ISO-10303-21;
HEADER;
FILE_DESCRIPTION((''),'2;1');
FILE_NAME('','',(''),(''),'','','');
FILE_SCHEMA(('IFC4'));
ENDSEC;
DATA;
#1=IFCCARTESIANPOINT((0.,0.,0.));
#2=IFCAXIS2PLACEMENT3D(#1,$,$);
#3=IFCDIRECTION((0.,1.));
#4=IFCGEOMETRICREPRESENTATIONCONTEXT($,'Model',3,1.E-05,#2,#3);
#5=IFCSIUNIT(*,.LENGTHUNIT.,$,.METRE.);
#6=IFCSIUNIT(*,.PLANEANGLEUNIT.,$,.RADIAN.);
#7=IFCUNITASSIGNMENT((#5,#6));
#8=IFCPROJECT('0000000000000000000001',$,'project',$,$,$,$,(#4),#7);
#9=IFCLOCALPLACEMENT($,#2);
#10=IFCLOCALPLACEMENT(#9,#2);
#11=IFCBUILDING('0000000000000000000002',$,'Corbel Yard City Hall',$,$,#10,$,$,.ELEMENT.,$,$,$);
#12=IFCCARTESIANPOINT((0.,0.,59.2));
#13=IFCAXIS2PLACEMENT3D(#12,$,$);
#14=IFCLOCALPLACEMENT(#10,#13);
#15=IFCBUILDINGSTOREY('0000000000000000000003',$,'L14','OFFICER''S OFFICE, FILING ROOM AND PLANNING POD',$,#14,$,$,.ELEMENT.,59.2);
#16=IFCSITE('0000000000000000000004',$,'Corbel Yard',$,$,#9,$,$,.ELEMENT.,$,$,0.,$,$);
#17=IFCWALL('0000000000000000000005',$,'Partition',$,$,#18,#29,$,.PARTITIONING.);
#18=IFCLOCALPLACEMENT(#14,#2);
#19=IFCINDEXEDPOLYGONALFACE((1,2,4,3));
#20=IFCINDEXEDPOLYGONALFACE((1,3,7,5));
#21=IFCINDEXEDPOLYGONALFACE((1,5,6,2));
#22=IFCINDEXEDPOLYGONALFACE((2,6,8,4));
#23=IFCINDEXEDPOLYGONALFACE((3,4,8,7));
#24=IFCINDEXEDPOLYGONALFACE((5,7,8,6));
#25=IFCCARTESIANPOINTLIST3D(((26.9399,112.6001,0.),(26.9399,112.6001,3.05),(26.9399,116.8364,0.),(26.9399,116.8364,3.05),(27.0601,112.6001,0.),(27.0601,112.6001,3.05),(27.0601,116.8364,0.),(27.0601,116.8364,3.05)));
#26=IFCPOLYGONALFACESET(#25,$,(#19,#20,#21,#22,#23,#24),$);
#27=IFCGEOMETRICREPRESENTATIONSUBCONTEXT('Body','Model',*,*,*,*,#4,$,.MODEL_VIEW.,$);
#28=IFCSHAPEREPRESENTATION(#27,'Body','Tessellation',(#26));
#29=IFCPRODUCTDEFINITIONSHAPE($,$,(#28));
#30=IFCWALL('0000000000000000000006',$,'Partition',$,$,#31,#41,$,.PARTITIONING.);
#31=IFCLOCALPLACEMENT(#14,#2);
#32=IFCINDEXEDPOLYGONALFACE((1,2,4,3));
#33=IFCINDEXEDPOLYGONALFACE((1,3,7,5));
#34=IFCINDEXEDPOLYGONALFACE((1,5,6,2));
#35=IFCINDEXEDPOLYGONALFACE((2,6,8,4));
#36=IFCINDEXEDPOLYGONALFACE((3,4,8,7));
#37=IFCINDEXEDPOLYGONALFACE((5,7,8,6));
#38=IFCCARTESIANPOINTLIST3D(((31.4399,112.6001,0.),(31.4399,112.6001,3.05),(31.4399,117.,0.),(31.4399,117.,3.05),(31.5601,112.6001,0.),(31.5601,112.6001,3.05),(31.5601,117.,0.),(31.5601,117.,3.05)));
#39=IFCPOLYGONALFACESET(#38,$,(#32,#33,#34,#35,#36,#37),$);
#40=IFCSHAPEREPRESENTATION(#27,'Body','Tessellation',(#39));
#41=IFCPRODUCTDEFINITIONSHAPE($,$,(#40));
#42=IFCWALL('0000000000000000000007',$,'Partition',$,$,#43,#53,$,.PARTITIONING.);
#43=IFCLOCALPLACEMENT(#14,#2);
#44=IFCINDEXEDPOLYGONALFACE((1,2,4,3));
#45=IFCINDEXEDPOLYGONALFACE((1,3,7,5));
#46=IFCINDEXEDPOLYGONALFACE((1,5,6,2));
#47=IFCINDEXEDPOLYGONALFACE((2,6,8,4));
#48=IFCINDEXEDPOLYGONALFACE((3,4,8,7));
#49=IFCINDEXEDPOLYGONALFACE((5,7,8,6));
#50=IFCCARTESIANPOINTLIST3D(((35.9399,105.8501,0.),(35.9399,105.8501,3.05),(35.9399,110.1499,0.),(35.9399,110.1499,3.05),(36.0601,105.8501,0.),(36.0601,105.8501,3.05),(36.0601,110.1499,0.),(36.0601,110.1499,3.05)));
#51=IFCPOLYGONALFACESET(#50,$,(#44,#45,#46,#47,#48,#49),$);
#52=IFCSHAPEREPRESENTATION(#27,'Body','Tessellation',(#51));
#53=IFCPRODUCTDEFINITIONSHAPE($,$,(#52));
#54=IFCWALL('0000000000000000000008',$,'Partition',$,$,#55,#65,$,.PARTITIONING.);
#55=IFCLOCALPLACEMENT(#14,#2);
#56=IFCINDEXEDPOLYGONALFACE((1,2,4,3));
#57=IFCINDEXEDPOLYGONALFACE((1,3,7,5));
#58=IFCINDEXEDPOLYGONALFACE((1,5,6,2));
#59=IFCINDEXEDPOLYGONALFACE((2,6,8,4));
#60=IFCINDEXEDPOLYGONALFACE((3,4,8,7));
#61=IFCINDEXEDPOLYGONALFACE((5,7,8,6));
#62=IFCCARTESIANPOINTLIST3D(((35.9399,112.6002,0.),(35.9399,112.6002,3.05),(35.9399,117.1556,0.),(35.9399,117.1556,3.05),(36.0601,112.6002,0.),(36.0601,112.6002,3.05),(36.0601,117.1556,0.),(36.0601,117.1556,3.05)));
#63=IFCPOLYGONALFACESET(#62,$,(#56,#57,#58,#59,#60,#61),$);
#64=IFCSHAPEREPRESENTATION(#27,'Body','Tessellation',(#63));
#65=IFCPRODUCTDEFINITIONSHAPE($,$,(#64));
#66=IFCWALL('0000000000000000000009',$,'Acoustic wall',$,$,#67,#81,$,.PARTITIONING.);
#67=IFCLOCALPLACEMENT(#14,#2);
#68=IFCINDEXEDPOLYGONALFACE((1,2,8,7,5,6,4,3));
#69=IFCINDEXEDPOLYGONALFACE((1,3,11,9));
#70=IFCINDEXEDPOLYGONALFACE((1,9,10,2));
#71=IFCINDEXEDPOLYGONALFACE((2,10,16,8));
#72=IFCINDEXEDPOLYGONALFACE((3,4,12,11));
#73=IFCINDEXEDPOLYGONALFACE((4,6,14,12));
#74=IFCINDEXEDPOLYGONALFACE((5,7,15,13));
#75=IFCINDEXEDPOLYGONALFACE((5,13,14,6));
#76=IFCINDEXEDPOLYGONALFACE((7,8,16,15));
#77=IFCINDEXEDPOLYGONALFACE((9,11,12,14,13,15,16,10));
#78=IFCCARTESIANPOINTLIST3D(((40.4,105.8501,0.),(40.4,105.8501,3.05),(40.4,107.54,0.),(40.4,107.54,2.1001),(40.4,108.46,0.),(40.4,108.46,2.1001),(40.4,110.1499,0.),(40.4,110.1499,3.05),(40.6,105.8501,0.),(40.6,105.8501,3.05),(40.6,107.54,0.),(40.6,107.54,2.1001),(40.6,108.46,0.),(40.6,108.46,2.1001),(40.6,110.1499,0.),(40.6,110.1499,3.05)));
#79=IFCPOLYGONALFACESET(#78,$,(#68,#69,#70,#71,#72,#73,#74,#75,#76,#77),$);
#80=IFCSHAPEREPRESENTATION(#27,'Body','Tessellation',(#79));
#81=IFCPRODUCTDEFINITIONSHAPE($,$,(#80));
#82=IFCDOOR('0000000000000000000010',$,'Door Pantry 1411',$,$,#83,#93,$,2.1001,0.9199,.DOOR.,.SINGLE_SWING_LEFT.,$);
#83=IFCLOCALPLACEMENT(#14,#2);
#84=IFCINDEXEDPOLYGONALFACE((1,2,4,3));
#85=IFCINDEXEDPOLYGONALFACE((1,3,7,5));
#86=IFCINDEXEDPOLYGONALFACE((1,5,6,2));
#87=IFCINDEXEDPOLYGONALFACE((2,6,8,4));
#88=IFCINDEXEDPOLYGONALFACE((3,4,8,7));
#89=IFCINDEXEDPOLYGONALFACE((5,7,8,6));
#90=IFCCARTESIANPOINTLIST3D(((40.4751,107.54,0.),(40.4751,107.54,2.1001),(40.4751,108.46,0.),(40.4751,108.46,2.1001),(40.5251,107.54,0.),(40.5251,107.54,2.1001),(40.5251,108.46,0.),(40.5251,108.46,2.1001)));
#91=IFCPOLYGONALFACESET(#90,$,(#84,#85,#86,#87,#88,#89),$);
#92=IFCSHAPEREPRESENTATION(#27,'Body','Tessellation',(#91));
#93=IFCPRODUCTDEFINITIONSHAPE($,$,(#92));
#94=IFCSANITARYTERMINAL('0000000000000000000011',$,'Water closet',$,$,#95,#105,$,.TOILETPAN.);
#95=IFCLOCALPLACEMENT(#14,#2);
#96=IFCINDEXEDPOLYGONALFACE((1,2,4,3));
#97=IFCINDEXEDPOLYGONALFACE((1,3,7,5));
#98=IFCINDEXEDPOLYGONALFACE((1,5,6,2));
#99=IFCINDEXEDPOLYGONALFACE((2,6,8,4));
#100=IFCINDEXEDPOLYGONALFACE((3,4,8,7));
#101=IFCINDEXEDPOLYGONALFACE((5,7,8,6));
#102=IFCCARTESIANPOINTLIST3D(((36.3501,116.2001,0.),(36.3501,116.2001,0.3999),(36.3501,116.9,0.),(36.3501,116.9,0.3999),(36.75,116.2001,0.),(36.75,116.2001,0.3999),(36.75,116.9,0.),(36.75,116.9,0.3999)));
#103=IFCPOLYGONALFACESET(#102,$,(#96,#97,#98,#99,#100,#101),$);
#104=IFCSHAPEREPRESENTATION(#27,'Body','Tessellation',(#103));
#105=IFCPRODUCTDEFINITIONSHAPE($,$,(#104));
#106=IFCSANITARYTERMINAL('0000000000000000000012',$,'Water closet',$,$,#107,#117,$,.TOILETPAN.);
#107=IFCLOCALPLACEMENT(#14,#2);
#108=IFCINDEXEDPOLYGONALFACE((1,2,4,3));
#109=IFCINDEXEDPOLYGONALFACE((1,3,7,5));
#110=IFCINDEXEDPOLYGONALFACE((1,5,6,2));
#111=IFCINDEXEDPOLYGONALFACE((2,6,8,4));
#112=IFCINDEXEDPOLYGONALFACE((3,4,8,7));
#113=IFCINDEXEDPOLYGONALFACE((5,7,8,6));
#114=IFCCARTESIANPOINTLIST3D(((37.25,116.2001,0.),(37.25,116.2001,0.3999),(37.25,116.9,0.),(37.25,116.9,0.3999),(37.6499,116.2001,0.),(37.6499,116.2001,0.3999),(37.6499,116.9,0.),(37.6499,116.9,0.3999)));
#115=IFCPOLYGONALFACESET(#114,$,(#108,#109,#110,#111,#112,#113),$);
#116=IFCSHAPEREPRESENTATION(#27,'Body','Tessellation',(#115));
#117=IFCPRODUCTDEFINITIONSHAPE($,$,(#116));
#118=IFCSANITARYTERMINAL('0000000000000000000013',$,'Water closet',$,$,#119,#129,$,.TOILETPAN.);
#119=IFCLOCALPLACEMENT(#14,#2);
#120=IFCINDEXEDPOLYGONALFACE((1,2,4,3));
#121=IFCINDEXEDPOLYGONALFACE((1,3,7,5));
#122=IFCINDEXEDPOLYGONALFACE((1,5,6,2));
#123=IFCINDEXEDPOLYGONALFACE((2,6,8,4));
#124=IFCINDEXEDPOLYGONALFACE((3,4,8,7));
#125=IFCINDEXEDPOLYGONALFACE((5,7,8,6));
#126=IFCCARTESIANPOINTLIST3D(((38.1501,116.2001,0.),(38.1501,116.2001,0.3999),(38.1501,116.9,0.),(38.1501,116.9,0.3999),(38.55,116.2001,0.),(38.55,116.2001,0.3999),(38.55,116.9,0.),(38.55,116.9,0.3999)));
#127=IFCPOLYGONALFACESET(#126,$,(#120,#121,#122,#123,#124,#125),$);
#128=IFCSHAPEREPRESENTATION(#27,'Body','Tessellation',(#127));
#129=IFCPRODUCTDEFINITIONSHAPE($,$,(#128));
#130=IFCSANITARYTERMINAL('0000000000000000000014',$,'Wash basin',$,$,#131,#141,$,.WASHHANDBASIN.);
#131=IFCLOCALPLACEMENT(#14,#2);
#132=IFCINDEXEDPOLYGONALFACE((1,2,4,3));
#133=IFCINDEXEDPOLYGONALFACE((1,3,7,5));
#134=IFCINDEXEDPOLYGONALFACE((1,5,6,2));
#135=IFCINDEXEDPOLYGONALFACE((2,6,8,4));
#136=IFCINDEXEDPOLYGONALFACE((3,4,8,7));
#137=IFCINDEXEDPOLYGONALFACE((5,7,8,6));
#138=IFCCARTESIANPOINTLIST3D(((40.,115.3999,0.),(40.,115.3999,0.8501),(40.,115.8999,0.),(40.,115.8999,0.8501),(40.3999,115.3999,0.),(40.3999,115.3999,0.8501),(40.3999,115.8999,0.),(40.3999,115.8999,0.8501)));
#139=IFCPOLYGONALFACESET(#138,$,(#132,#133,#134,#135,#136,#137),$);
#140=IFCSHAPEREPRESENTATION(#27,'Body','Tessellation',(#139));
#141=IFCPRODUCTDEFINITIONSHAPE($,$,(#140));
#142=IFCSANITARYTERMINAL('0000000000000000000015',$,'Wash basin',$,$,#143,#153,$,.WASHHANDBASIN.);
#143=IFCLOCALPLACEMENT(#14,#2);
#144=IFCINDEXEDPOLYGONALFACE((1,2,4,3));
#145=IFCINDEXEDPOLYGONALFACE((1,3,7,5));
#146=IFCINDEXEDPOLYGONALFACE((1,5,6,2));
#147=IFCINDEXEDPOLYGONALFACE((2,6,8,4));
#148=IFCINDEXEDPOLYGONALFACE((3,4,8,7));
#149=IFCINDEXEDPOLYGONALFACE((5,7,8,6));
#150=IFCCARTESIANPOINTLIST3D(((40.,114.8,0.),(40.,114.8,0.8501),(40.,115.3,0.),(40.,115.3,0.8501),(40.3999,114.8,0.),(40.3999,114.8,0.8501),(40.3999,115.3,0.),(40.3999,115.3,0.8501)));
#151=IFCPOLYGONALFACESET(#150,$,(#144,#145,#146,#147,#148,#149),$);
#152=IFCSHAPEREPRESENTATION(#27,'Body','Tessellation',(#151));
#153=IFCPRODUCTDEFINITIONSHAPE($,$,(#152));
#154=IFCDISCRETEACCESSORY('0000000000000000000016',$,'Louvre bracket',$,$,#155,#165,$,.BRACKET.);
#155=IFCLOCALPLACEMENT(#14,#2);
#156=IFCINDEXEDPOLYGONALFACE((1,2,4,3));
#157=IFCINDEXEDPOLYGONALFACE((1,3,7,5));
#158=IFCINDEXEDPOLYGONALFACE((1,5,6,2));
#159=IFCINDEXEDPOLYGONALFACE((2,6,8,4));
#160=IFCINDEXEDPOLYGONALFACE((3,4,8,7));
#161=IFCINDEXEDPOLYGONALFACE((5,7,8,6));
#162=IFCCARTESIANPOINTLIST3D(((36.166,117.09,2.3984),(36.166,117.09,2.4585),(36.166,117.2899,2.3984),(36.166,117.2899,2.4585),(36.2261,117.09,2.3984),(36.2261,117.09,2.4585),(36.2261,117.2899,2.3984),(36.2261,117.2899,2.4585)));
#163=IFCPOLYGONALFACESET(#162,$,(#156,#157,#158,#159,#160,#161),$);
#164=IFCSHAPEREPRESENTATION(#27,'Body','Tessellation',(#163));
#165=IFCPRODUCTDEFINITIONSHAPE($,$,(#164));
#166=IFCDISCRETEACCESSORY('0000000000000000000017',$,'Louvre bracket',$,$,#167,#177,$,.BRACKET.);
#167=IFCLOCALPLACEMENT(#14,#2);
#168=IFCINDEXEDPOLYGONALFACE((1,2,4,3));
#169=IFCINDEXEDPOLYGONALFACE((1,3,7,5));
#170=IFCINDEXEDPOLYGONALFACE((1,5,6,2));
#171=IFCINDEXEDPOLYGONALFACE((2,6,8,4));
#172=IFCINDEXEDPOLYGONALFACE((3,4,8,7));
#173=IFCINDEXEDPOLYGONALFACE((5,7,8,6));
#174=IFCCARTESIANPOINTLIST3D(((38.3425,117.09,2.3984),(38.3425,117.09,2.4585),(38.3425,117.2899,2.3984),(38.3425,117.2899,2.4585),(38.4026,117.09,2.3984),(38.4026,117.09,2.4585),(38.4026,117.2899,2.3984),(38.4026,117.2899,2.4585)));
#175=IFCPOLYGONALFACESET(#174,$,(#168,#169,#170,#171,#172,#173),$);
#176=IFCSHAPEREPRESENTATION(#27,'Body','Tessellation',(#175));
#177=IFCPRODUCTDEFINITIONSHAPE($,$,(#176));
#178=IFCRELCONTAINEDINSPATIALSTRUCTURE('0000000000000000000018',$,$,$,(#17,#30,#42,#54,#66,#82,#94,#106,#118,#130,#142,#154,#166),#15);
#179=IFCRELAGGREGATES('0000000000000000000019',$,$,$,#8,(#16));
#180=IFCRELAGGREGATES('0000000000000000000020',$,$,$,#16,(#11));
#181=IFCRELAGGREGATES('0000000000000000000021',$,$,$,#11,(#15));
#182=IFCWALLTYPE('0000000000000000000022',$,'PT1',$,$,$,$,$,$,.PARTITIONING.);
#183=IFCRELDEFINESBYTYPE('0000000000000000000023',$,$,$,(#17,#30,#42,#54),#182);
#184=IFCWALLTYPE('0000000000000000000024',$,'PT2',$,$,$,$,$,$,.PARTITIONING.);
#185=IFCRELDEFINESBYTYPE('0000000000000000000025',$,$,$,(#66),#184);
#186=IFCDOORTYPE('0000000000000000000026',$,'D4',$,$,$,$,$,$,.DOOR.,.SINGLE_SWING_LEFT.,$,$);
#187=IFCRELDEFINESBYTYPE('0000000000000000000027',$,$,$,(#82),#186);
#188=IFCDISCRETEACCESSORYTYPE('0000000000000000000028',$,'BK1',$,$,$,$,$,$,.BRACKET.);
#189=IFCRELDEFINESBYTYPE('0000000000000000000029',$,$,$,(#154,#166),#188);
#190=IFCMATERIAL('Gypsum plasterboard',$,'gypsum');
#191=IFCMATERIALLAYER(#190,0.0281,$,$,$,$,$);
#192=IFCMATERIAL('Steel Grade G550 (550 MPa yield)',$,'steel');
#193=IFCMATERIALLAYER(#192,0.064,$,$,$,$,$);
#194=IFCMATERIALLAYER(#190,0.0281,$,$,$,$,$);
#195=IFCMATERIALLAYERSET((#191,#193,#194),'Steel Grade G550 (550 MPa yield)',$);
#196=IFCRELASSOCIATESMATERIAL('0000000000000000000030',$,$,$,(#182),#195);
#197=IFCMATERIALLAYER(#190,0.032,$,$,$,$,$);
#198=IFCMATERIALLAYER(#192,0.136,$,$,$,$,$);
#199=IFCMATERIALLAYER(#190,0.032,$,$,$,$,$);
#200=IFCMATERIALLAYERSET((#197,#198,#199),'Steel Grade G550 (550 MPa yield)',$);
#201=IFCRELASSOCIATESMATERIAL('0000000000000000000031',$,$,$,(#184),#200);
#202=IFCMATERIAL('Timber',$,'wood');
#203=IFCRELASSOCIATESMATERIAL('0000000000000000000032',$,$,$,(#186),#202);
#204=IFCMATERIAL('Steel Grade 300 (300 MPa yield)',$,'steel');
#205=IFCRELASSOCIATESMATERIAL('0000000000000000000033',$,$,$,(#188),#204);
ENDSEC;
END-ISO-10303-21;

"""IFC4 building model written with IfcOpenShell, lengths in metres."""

from ifc_helpers import new_model, si_unit, direction, frame, frame_2d, origin, origin_2d, place, context, subcontext, project, spatial, rectangle, extrude, material, layer, layer_set, type_object, element, fill, save


model = new_model("IFC4")

# Units and contexts
model_context = context("Model", 3, precision=1e-05, world=origin(), true_north=direction((0.0, 1.0)))
body_context = subcontext(model_context, "Body", "Model", "MODEL_VIEW")
ifc_project = project(units=[si_unit("LENGTHUNIT", "METRE"), si_unit("PLANEANGLEUNIT", "RADIAN")], contexts=[model_context])

# Site, building, storey
site_placement = place(None, origin())
site = spatial("IfcSite", under=ifc_project, at=site_placement, Name="Corbel Yard", CompositionType="ELEMENT", RefElevation=0.0)
building_placement = place(site_placement, origin())
building = spatial("IfcBuilding", under=site, at=building_placement, Name="Corbel Yard City Hall", CompositionType="ELEMENT")
storey_placement = place(building_placement, frame((0.0, 0.0, 59.2)))
storey = spatial("IfcBuildingStorey", under=building, at=storey_placement, Name="L14", Description="OFFICER'S OFFICE, FILING ROOM AND PLANNING POD", CompositionType="ELEMENT", Elevation=59.2)

# Shared definitions
ifc_material_1 = material(Name="Steel Grade 300 (300 MPa yield)", Category="steel")

# Walls
ifc_material_2 = material(Name="Steel Grade G550 (550 MPa yield)", Category="steel")
ifc_material_3 = material(Name="Gypsum plasterboard", Category="gypsum")
ifc_layer_1 = layer(ifc_material_3, 0.0281)
ifc_layer_2 = layer(ifc_material_2, 0.064)
ifc_layer_3 = layer(ifc_material_3, 0.0281)
ifc_layer_set_1 = layer_set([ifc_layer_1, ifc_layer_2, ifc_layer_3], Name="Steel Grade G550 (550 MPa yield)")
wall_type_1 = type_object("IfcWallType", Name="PT1", PredefinedType="PARTITIONING", material=ifc_layer_set_1)
wall_1_placement = place(storey_placement, frame((27.0, 112.6001, 0.0), z_axis=(0.0, 0.0, 1.0), x_axis=(0.0, 1.0, 0.0)))
element("IfcWall", 1, at=wall_1_placement, inside=storey, type_object=wall_type_1, Name="Partition", PredefinedType="PARTITIONING", context=body_context, shape_type="SweptSolid", body=[
    extrude(rectangle(XDim=4.2363, YDim=0.1201, at=frame_2d((2.1182, 0.0))), origin(), (0.0, 0.0, 1.0), 3.05),
])
wall_2_placement = place(storey_placement, frame((31.5, 112.6001, 0.0), z_axis=(0.0, 0.0, 1.0), x_axis=(0.0, 1.0, 0.0)))
element("IfcWall", 2, at=wall_2_placement, inside=storey, type_object=wall_type_1, Name="Partition", PredefinedType="PARTITIONING", context=body_context, shape_type="SweptSolid", body=[
    extrude(rectangle(XDim=4.3999, YDim=0.1201, at=frame_2d((2.2, 0.0))), origin(), (0.0, 0.0, 1.0), 3.05),
])
wall_3_placement = place(storey_placement, frame((36.0, 105.8501, 0.0), z_axis=(0.0, 0.0, 1.0), x_axis=(0.0, 1.0, 0.0)))
element("IfcWall", 3, at=wall_3_placement, inside=storey, type_object=wall_type_1, Name="Partition", PredefinedType="PARTITIONING", context=body_context, shape_type="SweptSolid", body=[
    extrude(rectangle(XDim=4.2998, YDim=0.1201, at=frame_2d((2.1499, 0.0))), origin(), (0.0, 0.0, 1.0), 3.05),
])
wall_4_placement = place(storey_placement, frame((36.0, 112.6001, 0.0), z_axis=(0.0, 0.0, 1.0), x_axis=(0.0, 1.0, 0.0)))
element("IfcWall", 4, at=wall_4_placement, inside=storey, type_object=wall_type_1, Name="Partition", PredefinedType="PARTITIONING", context=body_context, shape_type="SweptSolid", body=[
    extrude(rectangle(XDim=4.5554, YDim=0.1201, at=frame_2d((2.2778, 0.0))), origin(), (0.0, 0.0, 1.0), 3.05),
])

# Wall, opening, door
ifc_layer_4 = layer(ifc_material_3, 0.032)
ifc_layer_5 = layer(ifc_material_2, 0.136)
ifc_layer_6 = layer(ifc_material_3, 0.032)
ifc_layer_set_2 = layer_set([ifc_layer_4, ifc_layer_5, ifc_layer_6], Name="Steel Grade G550 (550 MPa yield)")
wall_type_2 = type_object("IfcWallType", Name="PT2", PredefinedType="PARTITIONING", material=ifc_layer_set_2)
wall_5_placement = place(storey_placement, frame((40.5, 105.8501, 0.0), z_axis=(0.0, 0.0, 1.0), x_axis=(0.0, 1.0, 0.0)))
wall_5 = element("IfcWall", 5, at=wall_5_placement, inside=storey, type_object=wall_type_2, Name="Acoustic wall", PredefinedType="PARTITIONING", context=body_context, shape_type="SweptSolid", body=[
    extrude(rectangle(XDim=4.2998, YDim=0.2, at=frame_2d((2.1499, 0.0))), origin(), (0.0, 0.0, 1.0), 3.05),
])
opening_placement = place(wall_5_placement, frame((1.6899, 0.0, 0.0)))
opening = element("IfcOpeningElement", 6, at=opening_placement, cuts=wall_5, PredefinedType="OPENING", context=body_context, shape_type="SweptSolid", body=[
    extrude(rectangle(XDim=0.9199, YDim=2.1001, at=frame_2d((0.46, 1.05))), frame((0.0, 0.1099, 0.0), z_axis=(0.0, -1.0, 0.0), x_axis=(1.0, 0.0, 0.0)), (0.0, 0.0, 1.0), 0.22),
])
ifc_material_4 = material(Name="Timber", Category="wood")
door_type = type_object("IfcDoorType", Name="D4", OperationType="SINGLE_SWING_LEFT", PredefinedType="DOOR", material=ifc_material_4)
door_placement = place(opening_placement, origin())
door = element("IfcDoor", 7, at=door_placement, inside=storey, type_object=door_type, Name="Door Pantry 1411", OperationType="SINGLE_SWING_LEFT", OverallHeight=2.1001, OverallWidth=0.9199, PredefinedType="DOOR", context=body_context, shape_type="SweptSolid", body=[
    extrude(rectangle(XDim=0.9199, YDim=2.1001, at=frame_2d((0.46, 1.05))), frame((0.0, 0.0249, 0.0), z_axis=(0.0, -1.0, 0.0), x_axis=(1.0, 0.0, 0.0)), (0.0, 0.0, 1.0), 0.05),
])
fill(opening, door)

# Sanitary terminals
for number, where, z_axis, x_axis, name in (
    (8, (36.55, 116.55, 0.0), (0.0, 0.0, 1.0), (1.0, 0.0, 0.0), "Water closet"),
    (9, (37.45, 116.55, 0.0), (0.0, 0.0, 1.0), (1.0, 0.0, 0.0), "Water closet"),
    (10, (38.3501, 116.55, 0.0), (0.0, 0.0, 1.0), (1.0, 0.0, 0.0), "Water closet"),
):
    element("IfcSanitaryTerminal", number, at=place(storey_placement, frame(where, z_axis=z_axis, x_axis=x_axis)), inside=storey, Name=name, PredefinedType="TOILETPAN", context=body_context, shape_type="SweptSolid", body=[
        extrude(rectangle(XDim=0.3999, YDim=0.7, at=origin_2d()), origin(), (0.0, 0.0, 1.0), 0.3999),
    ])
for number, where, z_axis, x_axis, name in (
    (11, (40.2, 115.6499, 0.0), (0.0, 0.0, 1.0), (1.0, 0.0, 0.0), "Wash basin"),
    (12, (40.2, 115.05, 0.0), (0.0, 0.0, 1.0), (1.0, 0.0, 0.0), "Wash basin"),
):
    element("IfcSanitaryTerminal", number, at=place(storey_placement, frame(where, z_axis=z_axis, x_axis=x_axis)), inside=storey, Name=name, PredefinedType="WASHHANDBASIN", context=body_context, shape_type="SweptSolid", body=[
        extrude(rectangle(XDim=0.3999, YDim=0.5, at=origin_2d()), origin(), (0.0, 0.0, 1.0), 0.8501),
    ])

# Discrete accessories
discrete_accessory_type = type_object("IfcDiscreteAccessoryType", Name="BK1", PredefinedType="BRACKET", material=ifc_material_1)
for number, where, z_axis, x_axis, name in (
    (13, (36.196, 117.1899, 2.3984), (0.0, 0.0, 1.0), (1.0, 0.0, 0.0), "Louvre bracket"),
    (14, (38.3726, 117.1899, 2.3984), (0.0, 0.0, 1.0), (1.0, 0.0, 0.0), "Louvre bracket"),
):
    element("IfcDiscreteAccessory", number, at=place(storey_placement, frame(where, z_axis=z_axis, x_axis=x_axis)), inside=storey, type_object=discrete_accessory_type, Name=name, PredefinedType="BRACKET", context=body_context, shape_type="SweptSolid", body=[
        extrude(rectangle(XDim=0.0601, YDim=0.2, at=origin_2d()), origin(), (0.0, 0.0, 1.0), 0.0601),
    ])

save(model, "model.ifc")
